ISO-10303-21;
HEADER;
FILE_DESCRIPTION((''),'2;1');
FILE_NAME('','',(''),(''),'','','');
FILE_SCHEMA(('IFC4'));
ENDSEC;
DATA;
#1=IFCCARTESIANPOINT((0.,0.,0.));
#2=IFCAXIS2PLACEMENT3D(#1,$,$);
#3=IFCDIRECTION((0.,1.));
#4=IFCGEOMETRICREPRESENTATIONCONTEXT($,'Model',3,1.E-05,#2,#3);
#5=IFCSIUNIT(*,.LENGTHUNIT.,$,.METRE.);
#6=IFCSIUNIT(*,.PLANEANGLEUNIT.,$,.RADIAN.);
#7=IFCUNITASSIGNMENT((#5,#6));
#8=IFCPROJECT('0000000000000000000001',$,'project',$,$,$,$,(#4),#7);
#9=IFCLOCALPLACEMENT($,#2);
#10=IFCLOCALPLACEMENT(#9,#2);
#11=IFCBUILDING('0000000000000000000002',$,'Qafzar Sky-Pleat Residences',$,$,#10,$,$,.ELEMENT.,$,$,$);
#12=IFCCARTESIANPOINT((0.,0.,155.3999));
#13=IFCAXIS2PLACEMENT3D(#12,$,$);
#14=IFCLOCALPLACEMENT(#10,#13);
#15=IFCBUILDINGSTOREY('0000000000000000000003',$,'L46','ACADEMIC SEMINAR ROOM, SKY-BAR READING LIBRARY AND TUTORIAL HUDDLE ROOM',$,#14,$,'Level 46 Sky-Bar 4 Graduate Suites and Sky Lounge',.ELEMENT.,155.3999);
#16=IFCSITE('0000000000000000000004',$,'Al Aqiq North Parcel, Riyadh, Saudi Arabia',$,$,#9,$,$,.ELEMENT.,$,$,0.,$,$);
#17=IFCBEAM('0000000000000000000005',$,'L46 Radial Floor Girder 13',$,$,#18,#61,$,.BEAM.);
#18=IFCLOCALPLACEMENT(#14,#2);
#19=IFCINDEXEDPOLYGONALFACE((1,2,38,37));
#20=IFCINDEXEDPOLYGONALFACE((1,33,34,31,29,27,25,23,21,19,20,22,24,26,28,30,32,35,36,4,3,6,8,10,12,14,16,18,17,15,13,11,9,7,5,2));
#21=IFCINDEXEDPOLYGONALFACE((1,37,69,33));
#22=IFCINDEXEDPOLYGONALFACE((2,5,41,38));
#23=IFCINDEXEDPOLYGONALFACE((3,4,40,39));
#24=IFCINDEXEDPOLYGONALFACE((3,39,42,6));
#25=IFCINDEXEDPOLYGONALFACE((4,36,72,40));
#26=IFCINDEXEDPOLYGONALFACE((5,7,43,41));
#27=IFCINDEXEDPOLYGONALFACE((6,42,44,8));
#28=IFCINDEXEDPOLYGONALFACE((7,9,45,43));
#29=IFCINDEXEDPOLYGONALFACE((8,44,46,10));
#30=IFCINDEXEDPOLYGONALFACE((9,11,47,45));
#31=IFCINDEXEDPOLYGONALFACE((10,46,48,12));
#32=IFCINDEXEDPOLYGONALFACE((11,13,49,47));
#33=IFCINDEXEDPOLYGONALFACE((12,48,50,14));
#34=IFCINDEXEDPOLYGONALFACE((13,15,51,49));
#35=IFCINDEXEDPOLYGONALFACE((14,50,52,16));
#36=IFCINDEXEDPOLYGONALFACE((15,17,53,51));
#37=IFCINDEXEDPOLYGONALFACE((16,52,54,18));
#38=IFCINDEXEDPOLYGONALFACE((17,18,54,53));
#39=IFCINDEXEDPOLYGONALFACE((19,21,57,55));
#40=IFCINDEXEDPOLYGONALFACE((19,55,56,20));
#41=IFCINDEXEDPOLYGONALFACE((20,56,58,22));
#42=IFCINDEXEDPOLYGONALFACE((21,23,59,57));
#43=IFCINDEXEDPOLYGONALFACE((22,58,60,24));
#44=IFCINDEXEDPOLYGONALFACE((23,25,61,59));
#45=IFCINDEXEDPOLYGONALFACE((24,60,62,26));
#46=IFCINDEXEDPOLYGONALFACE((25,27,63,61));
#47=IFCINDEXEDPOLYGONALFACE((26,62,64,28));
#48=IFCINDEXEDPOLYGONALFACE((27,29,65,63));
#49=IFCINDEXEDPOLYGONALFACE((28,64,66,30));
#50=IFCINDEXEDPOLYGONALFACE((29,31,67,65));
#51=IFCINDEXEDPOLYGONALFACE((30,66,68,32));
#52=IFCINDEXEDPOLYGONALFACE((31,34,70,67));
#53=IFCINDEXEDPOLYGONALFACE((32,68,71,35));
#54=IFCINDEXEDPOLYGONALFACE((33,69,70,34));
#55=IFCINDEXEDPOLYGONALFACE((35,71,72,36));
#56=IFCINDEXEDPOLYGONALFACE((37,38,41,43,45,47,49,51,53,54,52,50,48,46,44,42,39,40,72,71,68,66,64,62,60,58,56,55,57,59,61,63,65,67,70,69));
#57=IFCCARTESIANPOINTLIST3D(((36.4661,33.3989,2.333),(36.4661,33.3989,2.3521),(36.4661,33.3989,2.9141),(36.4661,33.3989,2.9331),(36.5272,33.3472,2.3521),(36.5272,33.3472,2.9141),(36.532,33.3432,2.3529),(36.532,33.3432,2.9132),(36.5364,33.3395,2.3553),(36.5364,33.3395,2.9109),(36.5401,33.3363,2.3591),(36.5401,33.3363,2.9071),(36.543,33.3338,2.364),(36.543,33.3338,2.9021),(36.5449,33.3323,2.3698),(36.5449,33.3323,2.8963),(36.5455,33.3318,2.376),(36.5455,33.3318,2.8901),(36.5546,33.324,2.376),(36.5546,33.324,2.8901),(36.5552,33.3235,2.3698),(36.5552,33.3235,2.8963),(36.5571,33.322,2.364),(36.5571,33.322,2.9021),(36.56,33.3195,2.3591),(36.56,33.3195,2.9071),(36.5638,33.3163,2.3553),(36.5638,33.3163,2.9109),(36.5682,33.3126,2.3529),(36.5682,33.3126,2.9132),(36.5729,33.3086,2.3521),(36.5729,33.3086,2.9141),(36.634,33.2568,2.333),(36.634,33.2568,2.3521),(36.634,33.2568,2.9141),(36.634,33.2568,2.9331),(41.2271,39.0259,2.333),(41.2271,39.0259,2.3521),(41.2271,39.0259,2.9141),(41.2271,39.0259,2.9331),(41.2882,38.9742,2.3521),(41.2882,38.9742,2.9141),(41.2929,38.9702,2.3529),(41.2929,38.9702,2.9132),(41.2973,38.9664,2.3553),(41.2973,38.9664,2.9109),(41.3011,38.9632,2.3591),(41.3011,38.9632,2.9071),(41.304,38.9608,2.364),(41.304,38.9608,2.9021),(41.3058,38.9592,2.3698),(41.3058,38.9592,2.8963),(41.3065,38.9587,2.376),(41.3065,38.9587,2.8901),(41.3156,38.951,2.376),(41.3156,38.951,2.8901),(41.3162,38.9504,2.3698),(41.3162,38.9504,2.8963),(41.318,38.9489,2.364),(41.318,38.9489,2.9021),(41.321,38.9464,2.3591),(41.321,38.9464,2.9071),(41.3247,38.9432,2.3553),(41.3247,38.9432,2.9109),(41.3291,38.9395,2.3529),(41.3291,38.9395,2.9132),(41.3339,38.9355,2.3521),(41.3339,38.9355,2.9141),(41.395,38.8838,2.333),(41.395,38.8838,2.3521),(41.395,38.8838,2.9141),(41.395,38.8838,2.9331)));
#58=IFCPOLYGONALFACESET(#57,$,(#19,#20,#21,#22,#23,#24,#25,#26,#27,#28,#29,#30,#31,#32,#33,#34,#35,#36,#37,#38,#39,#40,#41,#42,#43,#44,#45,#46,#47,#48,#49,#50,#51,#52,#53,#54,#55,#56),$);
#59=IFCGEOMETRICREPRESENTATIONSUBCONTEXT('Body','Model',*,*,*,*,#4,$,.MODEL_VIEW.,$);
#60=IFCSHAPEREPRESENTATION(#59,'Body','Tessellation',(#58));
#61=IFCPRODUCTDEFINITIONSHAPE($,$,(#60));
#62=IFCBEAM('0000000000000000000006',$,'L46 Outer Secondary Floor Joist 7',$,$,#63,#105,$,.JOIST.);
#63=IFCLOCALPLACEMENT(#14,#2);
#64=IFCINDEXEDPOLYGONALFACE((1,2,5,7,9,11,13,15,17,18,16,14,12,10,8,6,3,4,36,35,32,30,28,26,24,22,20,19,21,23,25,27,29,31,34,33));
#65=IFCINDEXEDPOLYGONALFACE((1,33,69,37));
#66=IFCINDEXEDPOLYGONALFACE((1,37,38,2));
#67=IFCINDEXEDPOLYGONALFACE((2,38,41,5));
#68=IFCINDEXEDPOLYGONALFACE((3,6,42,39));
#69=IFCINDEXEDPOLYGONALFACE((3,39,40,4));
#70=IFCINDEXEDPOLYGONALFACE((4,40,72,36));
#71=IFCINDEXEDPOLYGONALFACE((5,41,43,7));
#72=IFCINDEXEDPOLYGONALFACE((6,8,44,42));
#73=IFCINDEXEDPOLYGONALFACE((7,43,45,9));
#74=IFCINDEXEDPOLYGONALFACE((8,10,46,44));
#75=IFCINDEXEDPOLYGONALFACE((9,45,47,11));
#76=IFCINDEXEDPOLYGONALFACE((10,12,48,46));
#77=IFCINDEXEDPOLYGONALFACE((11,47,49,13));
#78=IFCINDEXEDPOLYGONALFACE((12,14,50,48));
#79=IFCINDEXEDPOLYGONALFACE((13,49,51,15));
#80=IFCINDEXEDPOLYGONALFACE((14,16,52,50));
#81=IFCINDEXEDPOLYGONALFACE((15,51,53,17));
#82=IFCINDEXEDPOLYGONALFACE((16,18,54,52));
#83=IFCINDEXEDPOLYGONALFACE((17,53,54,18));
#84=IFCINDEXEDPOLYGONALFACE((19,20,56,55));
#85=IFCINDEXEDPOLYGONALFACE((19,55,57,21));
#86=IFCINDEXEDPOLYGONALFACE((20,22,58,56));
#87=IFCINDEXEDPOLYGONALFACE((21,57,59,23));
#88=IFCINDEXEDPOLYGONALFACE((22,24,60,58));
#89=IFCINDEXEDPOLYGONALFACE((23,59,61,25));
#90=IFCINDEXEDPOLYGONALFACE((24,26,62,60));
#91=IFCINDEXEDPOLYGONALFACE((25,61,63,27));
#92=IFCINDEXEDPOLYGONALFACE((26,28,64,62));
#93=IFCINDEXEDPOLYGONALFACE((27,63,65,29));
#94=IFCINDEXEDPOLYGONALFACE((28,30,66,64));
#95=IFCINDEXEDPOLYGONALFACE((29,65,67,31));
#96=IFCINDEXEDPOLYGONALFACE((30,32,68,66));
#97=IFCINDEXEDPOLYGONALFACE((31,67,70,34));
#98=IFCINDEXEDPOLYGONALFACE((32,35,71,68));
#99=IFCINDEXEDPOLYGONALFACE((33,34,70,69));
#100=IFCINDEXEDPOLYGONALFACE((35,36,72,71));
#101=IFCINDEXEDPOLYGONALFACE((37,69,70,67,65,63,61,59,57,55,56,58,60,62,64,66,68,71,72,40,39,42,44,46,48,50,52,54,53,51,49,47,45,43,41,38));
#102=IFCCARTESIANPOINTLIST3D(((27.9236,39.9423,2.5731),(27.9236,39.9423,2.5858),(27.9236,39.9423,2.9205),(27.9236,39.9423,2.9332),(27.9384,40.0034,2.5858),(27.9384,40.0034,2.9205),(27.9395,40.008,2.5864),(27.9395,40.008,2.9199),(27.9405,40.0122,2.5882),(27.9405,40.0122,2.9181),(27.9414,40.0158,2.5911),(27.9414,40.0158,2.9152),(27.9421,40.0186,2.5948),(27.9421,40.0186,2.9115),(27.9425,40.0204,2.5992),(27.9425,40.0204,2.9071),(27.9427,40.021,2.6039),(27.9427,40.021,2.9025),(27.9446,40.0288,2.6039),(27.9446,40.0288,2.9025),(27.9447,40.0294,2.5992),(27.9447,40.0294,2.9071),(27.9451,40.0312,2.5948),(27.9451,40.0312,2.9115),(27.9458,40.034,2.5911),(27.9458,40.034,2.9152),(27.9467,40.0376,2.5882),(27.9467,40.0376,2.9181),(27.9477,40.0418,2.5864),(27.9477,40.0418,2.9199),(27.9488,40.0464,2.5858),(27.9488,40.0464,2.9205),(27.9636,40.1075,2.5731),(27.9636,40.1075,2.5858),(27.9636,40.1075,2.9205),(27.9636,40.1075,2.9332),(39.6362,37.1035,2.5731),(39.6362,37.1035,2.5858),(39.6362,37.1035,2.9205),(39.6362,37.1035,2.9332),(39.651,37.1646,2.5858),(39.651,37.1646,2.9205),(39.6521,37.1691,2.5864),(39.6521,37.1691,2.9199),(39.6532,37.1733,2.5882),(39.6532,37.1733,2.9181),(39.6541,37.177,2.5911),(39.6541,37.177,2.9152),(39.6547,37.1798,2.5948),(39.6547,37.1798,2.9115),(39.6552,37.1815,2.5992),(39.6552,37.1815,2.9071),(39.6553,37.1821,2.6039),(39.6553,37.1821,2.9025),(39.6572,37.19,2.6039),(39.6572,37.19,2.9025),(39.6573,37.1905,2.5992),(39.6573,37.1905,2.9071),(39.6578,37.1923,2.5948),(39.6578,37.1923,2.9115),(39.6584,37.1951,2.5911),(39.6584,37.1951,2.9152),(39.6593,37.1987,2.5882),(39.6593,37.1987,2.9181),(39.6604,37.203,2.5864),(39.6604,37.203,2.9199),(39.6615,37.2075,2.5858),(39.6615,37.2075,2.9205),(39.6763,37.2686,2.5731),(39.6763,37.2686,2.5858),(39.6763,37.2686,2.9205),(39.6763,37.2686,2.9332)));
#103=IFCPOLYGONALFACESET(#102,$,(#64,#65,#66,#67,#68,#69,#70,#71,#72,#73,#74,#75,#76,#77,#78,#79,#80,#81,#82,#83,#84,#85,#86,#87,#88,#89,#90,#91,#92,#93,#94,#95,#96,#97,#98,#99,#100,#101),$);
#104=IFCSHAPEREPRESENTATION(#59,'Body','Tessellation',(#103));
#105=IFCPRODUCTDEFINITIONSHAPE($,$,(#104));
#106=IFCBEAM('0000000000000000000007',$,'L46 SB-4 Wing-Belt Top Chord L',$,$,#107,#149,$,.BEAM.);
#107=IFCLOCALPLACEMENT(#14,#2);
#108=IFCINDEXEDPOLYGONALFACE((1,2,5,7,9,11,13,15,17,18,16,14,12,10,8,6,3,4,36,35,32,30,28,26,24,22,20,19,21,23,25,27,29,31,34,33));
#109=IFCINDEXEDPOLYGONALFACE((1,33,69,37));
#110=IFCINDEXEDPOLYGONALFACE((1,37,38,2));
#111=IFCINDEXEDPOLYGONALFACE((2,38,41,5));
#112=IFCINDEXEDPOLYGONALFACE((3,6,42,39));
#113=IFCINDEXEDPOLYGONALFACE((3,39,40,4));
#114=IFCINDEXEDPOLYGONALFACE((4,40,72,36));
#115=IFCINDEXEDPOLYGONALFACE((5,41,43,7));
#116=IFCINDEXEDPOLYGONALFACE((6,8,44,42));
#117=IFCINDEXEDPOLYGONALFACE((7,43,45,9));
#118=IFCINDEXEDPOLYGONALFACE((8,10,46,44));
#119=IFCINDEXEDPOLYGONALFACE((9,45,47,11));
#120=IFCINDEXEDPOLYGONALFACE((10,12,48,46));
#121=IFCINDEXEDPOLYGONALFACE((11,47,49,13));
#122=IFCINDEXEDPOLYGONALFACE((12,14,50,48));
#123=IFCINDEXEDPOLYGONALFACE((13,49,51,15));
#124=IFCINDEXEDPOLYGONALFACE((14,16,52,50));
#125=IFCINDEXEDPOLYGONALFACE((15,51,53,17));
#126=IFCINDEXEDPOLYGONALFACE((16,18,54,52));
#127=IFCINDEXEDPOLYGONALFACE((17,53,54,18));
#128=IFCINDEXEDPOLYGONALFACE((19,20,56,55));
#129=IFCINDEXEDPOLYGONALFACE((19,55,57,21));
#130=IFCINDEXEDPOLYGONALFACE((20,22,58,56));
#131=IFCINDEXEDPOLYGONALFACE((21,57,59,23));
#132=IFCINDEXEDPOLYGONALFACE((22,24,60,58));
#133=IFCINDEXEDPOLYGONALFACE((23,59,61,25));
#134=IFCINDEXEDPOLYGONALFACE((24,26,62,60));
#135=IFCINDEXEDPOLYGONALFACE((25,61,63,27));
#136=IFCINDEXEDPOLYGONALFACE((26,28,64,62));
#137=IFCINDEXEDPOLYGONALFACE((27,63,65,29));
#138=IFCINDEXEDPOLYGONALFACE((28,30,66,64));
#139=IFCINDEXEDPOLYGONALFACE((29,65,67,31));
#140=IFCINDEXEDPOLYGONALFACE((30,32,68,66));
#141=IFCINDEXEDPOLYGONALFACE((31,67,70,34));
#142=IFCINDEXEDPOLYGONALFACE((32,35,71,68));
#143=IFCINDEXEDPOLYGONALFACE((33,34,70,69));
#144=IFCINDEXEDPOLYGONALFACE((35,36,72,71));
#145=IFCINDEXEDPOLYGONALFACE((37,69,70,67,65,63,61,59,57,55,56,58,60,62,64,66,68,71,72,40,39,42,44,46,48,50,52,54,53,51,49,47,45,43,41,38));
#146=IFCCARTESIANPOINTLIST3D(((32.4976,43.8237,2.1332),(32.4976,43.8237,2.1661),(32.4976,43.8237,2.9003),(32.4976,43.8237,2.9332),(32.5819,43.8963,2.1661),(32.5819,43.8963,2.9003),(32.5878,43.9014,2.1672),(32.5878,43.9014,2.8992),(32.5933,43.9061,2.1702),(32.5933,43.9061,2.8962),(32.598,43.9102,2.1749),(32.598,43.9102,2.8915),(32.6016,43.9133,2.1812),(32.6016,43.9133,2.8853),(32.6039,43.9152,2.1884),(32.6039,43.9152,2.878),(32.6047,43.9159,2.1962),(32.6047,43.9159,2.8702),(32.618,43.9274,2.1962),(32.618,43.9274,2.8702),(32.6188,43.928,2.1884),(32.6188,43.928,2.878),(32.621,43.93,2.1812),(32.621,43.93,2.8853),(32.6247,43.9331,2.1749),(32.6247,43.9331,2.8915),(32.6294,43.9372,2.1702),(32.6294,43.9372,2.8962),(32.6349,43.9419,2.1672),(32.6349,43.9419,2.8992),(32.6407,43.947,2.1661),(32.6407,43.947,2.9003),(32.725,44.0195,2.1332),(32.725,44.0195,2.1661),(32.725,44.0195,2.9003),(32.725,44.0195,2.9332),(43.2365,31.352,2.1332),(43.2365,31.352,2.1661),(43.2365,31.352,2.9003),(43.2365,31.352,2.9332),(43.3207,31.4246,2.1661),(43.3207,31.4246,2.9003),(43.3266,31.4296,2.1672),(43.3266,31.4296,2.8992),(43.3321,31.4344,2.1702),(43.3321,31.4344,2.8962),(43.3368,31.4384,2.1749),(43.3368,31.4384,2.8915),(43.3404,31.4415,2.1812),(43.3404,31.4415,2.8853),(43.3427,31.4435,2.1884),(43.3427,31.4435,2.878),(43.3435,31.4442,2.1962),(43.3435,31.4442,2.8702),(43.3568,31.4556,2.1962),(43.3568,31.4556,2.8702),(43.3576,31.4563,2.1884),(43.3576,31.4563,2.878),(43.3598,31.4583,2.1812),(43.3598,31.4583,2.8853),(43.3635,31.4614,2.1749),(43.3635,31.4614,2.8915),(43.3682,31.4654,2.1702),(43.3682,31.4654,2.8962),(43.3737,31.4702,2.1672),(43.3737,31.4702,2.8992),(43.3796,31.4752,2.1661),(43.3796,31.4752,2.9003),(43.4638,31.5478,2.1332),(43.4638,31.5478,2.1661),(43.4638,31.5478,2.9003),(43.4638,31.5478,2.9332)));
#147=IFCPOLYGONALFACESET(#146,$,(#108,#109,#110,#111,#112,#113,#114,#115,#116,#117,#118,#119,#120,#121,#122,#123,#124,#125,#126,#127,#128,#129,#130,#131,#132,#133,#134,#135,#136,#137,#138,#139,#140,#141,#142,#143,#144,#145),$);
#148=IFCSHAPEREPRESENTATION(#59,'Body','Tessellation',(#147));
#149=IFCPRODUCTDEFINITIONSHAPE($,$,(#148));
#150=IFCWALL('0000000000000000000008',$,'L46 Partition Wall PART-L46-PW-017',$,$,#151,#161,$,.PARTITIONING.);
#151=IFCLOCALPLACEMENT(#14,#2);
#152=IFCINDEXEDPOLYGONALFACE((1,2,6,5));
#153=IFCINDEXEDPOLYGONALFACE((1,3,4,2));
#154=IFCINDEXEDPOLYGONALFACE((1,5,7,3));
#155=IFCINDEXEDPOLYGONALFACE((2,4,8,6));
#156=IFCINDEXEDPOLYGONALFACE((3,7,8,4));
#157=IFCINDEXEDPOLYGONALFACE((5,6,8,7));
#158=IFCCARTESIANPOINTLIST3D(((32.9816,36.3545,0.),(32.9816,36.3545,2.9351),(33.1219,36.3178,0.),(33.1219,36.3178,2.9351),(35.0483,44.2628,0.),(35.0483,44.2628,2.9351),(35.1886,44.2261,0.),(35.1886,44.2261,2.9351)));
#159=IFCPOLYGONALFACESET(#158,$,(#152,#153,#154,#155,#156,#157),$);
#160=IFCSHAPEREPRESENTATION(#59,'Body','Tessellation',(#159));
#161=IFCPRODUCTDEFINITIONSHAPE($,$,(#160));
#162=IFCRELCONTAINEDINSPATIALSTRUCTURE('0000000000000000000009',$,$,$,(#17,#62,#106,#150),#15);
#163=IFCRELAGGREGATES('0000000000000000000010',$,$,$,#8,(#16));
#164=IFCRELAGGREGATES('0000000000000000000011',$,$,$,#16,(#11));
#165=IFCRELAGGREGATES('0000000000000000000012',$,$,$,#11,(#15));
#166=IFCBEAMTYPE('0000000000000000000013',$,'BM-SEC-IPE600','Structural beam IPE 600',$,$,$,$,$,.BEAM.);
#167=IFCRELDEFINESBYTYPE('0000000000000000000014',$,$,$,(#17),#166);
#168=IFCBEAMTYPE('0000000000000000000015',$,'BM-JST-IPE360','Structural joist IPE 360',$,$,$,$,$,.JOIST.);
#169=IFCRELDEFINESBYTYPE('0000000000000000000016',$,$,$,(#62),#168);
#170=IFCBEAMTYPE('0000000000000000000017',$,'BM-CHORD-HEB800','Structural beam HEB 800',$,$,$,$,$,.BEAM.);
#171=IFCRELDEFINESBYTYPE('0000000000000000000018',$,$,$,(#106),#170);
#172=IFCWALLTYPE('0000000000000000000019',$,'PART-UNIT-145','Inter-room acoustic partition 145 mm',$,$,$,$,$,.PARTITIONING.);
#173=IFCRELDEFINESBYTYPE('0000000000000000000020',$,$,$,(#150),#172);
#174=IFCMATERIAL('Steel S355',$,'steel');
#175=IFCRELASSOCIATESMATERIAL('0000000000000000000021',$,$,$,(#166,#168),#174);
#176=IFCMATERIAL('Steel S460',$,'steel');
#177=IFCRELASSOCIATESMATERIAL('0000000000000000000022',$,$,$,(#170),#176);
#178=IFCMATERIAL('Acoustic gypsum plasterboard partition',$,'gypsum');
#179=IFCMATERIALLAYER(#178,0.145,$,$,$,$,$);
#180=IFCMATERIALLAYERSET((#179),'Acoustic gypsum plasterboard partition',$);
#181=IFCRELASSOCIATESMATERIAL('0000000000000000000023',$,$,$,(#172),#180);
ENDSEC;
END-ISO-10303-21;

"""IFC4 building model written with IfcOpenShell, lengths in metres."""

from ifc_helpers import new_model, si_unit, direction, frame, frame_2d, origin, origin_2d, place, context, subcontext, project, spatial, rectangle, i_section, extrude, source, transform, mapped, material, layer, layer_set, material_profile, profile_set, type_object, element, save


model = new_model("IFC4")

# Units and contexts
model_context = context("Model", 3, precision=1e-05, world=origin(), true_north=direction((0.0, 1.0)))
body_context = subcontext(model_context, "Body", "Model", "MODEL_VIEW")
ifc_project = project(units=[si_unit("LENGTHUNIT", "METRE"), si_unit("PLANEANGLEUNIT", "RADIAN")], contexts=[model_context])

# Site, building, storey
site_placement = place(None, origin())
site = spatial("IfcSite", under=ifc_project, at=site_placement, Name="Al Aqiq North Parcel, Riyadh, Saudi Arabia", CompositionType="ELEMENT", RefElevation=0.0)
building_placement = place(site_placement, origin())
building = spatial("IfcBuilding", under=site, at=building_placement, Name="Qafzar Sky-Pleat Residences", CompositionType="ELEMENT")
storey_placement = place(building_placement, frame((0.0, 0.0, 155.3999)))
storey = spatial("IfcBuildingStorey", under=building, at=storey_placement, Name="L46", Description="ACADEMIC SEMINAR ROOM, SKY-BAR READING LIBRARY AND TUTORIAL HUDDLE ROOM", LongName="Level 46 Sky-Bar 4 Graduate Suites and Sky Lounge", CompositionType="ELEMENT", Elevation=155.3999)

# Shared definitions
ifc_material_1 = material(Name="Steel S355", Category="steel")

# Beams
ifc_material_profile_1 = material_profile(ifc_material_1, i_section(OverallWidth=0.22, OverallDepth=0.6001, WebThickness=0.012, FlangeThickness=0.019, FilletRadius=0.0239, at=origin_2d()), Name="IPE 600")
ifc_profile_set_1 = profile_set([ifc_material_profile_1], Name="Steel S355")
beam_type_1 = type_object("IfcBeamType", Name="BM-SEC-IPE600", Description="Structural beam IPE 600", PredefinedType="BEAM", material=ifc_profile_set_1)
shared_shape_1 = source(origin(), body_context, "Body", "SweptSolid", [
    extrude(i_section(OverallWidth=0.22, OverallDepth=0.6001, WebThickness=0.012, FlangeThickness=0.019, FilletRadius=0.0239, at=origin_2d()), origin(), (0.0, 0.0, 1.0), 7.3708),
])
beam_1_placement = place(storey_placement, frame((41.311, 38.9548, 2.6331), z_axis=(-0.64592, -0.763405, 0.0), x_axis=(0.763405, -0.64592, 0.0)))
element("IfcBeam", 1, at=beam_1_placement, inside=storey, type_object=beam_type_1, Name="L46 Radial Floor Girder 13", PredefinedType="BEAM", context=body_context, shape_type="MappedRepresentation", body=[
    mapped(shared_shape_1, transform((0.0, 0.0, 0.0), x_axis=(1.0, 0.0, 0.0), y_axis=(0.0, 1.0, 0.0), z_axis=(0.0, 0.0, 1.0), scale=1.0)),
])
ifc_material_profile_2 = material_profile(ifc_material_1, i_section(OverallWidth=0.1699, OverallDepth=0.3601, WebThickness=0.0081, FlangeThickness=0.0127, FilletRadius=0.0181, at=origin_2d()), Name="IPE 360")
ifc_profile_set_2 = profile_set([ifc_material_profile_2], Name="Steel S355")
beam_type_2 = type_object("IfcBeamType", Name="BM-JST-IPE360", Description="Structural joist IPE 360", PredefinedType="JOIST", material=ifc_profile_set_2)
shared_shape_2 = source(origin(), body_context, "Body", "SweptSolid", [
    extrude(i_section(OverallWidth=0.1699, OverallDepth=0.3601, WebThickness=0.0081, FlangeThickness=0.0127, FilletRadius=0.0181, at=origin_2d()), origin(), (0.0, 0.0, 1.0), 12.0518),
])
beam_2_placement = place(storey_placement, frame((39.6562, 37.186, 2.7532), z_axis=(-0.971861, 0.235556, 0.0), x_axis=(-0.235556, -0.971861, 0.0)))
element("IfcBeam", 2, at=beam_2_placement, inside=storey, type_object=beam_type_2, Name="L46 Outer Secondary Floor Joist 7", PredefinedType="JOIST", context=body_context, shape_type="MappedRepresentation", body=[
    mapped(shared_shape_2, transform((0.0, 0.0, 0.0), x_axis=(1.0, 0.0, 0.0), y_axis=(0.0, 1.0, 0.0), z_axis=(0.0, 0.0, 1.0), scale=1.0)),
])
ifc_material_2 = material(Name="Steel S460", Category="steel")
ifc_material_profile_3 = material_profile(ifc_material_2, i_section(OverallWidth=0.3, OverallDepth=0.8, WebThickness=0.0176, FlangeThickness=0.033, FilletRadius=0.03, at=origin_2d()), Name="HEB 800")
ifc_profile_set_3 = profile_set([ifc_material_profile_3], Name="Steel S460")
beam_type_3 = type_object("IfcBeamType", Name="BM-CHORD-HEB800", Description="Structural beam HEB 800", PredefinedType="BEAM", material=ifc_profile_set_3)
shared_shape_3 = source(origin(), body_context, "Body", "SweptSolid", [
    extrude(i_section(OverallWidth=0.3, OverallDepth=0.8, WebThickness=0.0176, FlangeThickness=0.033, FilletRadius=0.03, at=origin_2d()), origin(), (0.0, 0.0, 1.0), 16.458),
])
beam_3_placement = place(storey_placement, frame((32.6113, 43.9216, 2.5332), z_axis=(0.652498, -0.757791, 0.0), x_axis=(0.757791, 0.652498, 0.0)))
element("IfcBeam", 3, at=beam_3_placement, inside=storey, type_object=beam_type_3, Name="L46 SB-4 Wing-Belt Top Chord L", PredefinedType="BEAM", context=body_context, shape_type="MappedRepresentation", body=[
    mapped(shared_shape_3, transform((0.0, 0.0, 0.0), x_axis=(1.0, 0.0, 0.0), y_axis=(0.0, 1.0, 0.0), z_axis=(0.0, 0.0, 1.0), scale=1.0)),
])

# Wall
ifc_material_3 = material(Name="Acoustic gypsum plasterboard partition", Category="gypsum")
ifc_layer_1 = layer(ifc_material_3, 0.145)
ifc_layer_set_1 = layer_set([ifc_layer_1], Name="Acoustic gypsum plasterboard partition")
wall_type_1 = type_object("IfcWallType", Name="PART-UNIT-145", Description="Inter-room acoustic partition 145 mm", PredefinedType="PARTITIONING", material=ifc_layer_set_1)
wall_1_placement = place(storey_placement, frame((33.0518, 36.3362, 0.0), z_axis=(0.0, 0.0, 1.0), x_axis=(0.252839, 0.967508, 0.0)))
element("IfcWall", 4, at=wall_1_placement, inside=storey, type_object=wall_type_1, Name="L46 Partition Wall PART-L46-PW-017", PredefinedType="PARTITIONING", context=body_context, shape_type="SweptSolid", body=[
    extrude(rectangle(XDim=8.1738, YDim=0.145, at=frame_2d((4.0869, 0.0))), origin(), (0.0, 0.0, 1.0), 2.9351),
])

save(model, "model.ifc")
